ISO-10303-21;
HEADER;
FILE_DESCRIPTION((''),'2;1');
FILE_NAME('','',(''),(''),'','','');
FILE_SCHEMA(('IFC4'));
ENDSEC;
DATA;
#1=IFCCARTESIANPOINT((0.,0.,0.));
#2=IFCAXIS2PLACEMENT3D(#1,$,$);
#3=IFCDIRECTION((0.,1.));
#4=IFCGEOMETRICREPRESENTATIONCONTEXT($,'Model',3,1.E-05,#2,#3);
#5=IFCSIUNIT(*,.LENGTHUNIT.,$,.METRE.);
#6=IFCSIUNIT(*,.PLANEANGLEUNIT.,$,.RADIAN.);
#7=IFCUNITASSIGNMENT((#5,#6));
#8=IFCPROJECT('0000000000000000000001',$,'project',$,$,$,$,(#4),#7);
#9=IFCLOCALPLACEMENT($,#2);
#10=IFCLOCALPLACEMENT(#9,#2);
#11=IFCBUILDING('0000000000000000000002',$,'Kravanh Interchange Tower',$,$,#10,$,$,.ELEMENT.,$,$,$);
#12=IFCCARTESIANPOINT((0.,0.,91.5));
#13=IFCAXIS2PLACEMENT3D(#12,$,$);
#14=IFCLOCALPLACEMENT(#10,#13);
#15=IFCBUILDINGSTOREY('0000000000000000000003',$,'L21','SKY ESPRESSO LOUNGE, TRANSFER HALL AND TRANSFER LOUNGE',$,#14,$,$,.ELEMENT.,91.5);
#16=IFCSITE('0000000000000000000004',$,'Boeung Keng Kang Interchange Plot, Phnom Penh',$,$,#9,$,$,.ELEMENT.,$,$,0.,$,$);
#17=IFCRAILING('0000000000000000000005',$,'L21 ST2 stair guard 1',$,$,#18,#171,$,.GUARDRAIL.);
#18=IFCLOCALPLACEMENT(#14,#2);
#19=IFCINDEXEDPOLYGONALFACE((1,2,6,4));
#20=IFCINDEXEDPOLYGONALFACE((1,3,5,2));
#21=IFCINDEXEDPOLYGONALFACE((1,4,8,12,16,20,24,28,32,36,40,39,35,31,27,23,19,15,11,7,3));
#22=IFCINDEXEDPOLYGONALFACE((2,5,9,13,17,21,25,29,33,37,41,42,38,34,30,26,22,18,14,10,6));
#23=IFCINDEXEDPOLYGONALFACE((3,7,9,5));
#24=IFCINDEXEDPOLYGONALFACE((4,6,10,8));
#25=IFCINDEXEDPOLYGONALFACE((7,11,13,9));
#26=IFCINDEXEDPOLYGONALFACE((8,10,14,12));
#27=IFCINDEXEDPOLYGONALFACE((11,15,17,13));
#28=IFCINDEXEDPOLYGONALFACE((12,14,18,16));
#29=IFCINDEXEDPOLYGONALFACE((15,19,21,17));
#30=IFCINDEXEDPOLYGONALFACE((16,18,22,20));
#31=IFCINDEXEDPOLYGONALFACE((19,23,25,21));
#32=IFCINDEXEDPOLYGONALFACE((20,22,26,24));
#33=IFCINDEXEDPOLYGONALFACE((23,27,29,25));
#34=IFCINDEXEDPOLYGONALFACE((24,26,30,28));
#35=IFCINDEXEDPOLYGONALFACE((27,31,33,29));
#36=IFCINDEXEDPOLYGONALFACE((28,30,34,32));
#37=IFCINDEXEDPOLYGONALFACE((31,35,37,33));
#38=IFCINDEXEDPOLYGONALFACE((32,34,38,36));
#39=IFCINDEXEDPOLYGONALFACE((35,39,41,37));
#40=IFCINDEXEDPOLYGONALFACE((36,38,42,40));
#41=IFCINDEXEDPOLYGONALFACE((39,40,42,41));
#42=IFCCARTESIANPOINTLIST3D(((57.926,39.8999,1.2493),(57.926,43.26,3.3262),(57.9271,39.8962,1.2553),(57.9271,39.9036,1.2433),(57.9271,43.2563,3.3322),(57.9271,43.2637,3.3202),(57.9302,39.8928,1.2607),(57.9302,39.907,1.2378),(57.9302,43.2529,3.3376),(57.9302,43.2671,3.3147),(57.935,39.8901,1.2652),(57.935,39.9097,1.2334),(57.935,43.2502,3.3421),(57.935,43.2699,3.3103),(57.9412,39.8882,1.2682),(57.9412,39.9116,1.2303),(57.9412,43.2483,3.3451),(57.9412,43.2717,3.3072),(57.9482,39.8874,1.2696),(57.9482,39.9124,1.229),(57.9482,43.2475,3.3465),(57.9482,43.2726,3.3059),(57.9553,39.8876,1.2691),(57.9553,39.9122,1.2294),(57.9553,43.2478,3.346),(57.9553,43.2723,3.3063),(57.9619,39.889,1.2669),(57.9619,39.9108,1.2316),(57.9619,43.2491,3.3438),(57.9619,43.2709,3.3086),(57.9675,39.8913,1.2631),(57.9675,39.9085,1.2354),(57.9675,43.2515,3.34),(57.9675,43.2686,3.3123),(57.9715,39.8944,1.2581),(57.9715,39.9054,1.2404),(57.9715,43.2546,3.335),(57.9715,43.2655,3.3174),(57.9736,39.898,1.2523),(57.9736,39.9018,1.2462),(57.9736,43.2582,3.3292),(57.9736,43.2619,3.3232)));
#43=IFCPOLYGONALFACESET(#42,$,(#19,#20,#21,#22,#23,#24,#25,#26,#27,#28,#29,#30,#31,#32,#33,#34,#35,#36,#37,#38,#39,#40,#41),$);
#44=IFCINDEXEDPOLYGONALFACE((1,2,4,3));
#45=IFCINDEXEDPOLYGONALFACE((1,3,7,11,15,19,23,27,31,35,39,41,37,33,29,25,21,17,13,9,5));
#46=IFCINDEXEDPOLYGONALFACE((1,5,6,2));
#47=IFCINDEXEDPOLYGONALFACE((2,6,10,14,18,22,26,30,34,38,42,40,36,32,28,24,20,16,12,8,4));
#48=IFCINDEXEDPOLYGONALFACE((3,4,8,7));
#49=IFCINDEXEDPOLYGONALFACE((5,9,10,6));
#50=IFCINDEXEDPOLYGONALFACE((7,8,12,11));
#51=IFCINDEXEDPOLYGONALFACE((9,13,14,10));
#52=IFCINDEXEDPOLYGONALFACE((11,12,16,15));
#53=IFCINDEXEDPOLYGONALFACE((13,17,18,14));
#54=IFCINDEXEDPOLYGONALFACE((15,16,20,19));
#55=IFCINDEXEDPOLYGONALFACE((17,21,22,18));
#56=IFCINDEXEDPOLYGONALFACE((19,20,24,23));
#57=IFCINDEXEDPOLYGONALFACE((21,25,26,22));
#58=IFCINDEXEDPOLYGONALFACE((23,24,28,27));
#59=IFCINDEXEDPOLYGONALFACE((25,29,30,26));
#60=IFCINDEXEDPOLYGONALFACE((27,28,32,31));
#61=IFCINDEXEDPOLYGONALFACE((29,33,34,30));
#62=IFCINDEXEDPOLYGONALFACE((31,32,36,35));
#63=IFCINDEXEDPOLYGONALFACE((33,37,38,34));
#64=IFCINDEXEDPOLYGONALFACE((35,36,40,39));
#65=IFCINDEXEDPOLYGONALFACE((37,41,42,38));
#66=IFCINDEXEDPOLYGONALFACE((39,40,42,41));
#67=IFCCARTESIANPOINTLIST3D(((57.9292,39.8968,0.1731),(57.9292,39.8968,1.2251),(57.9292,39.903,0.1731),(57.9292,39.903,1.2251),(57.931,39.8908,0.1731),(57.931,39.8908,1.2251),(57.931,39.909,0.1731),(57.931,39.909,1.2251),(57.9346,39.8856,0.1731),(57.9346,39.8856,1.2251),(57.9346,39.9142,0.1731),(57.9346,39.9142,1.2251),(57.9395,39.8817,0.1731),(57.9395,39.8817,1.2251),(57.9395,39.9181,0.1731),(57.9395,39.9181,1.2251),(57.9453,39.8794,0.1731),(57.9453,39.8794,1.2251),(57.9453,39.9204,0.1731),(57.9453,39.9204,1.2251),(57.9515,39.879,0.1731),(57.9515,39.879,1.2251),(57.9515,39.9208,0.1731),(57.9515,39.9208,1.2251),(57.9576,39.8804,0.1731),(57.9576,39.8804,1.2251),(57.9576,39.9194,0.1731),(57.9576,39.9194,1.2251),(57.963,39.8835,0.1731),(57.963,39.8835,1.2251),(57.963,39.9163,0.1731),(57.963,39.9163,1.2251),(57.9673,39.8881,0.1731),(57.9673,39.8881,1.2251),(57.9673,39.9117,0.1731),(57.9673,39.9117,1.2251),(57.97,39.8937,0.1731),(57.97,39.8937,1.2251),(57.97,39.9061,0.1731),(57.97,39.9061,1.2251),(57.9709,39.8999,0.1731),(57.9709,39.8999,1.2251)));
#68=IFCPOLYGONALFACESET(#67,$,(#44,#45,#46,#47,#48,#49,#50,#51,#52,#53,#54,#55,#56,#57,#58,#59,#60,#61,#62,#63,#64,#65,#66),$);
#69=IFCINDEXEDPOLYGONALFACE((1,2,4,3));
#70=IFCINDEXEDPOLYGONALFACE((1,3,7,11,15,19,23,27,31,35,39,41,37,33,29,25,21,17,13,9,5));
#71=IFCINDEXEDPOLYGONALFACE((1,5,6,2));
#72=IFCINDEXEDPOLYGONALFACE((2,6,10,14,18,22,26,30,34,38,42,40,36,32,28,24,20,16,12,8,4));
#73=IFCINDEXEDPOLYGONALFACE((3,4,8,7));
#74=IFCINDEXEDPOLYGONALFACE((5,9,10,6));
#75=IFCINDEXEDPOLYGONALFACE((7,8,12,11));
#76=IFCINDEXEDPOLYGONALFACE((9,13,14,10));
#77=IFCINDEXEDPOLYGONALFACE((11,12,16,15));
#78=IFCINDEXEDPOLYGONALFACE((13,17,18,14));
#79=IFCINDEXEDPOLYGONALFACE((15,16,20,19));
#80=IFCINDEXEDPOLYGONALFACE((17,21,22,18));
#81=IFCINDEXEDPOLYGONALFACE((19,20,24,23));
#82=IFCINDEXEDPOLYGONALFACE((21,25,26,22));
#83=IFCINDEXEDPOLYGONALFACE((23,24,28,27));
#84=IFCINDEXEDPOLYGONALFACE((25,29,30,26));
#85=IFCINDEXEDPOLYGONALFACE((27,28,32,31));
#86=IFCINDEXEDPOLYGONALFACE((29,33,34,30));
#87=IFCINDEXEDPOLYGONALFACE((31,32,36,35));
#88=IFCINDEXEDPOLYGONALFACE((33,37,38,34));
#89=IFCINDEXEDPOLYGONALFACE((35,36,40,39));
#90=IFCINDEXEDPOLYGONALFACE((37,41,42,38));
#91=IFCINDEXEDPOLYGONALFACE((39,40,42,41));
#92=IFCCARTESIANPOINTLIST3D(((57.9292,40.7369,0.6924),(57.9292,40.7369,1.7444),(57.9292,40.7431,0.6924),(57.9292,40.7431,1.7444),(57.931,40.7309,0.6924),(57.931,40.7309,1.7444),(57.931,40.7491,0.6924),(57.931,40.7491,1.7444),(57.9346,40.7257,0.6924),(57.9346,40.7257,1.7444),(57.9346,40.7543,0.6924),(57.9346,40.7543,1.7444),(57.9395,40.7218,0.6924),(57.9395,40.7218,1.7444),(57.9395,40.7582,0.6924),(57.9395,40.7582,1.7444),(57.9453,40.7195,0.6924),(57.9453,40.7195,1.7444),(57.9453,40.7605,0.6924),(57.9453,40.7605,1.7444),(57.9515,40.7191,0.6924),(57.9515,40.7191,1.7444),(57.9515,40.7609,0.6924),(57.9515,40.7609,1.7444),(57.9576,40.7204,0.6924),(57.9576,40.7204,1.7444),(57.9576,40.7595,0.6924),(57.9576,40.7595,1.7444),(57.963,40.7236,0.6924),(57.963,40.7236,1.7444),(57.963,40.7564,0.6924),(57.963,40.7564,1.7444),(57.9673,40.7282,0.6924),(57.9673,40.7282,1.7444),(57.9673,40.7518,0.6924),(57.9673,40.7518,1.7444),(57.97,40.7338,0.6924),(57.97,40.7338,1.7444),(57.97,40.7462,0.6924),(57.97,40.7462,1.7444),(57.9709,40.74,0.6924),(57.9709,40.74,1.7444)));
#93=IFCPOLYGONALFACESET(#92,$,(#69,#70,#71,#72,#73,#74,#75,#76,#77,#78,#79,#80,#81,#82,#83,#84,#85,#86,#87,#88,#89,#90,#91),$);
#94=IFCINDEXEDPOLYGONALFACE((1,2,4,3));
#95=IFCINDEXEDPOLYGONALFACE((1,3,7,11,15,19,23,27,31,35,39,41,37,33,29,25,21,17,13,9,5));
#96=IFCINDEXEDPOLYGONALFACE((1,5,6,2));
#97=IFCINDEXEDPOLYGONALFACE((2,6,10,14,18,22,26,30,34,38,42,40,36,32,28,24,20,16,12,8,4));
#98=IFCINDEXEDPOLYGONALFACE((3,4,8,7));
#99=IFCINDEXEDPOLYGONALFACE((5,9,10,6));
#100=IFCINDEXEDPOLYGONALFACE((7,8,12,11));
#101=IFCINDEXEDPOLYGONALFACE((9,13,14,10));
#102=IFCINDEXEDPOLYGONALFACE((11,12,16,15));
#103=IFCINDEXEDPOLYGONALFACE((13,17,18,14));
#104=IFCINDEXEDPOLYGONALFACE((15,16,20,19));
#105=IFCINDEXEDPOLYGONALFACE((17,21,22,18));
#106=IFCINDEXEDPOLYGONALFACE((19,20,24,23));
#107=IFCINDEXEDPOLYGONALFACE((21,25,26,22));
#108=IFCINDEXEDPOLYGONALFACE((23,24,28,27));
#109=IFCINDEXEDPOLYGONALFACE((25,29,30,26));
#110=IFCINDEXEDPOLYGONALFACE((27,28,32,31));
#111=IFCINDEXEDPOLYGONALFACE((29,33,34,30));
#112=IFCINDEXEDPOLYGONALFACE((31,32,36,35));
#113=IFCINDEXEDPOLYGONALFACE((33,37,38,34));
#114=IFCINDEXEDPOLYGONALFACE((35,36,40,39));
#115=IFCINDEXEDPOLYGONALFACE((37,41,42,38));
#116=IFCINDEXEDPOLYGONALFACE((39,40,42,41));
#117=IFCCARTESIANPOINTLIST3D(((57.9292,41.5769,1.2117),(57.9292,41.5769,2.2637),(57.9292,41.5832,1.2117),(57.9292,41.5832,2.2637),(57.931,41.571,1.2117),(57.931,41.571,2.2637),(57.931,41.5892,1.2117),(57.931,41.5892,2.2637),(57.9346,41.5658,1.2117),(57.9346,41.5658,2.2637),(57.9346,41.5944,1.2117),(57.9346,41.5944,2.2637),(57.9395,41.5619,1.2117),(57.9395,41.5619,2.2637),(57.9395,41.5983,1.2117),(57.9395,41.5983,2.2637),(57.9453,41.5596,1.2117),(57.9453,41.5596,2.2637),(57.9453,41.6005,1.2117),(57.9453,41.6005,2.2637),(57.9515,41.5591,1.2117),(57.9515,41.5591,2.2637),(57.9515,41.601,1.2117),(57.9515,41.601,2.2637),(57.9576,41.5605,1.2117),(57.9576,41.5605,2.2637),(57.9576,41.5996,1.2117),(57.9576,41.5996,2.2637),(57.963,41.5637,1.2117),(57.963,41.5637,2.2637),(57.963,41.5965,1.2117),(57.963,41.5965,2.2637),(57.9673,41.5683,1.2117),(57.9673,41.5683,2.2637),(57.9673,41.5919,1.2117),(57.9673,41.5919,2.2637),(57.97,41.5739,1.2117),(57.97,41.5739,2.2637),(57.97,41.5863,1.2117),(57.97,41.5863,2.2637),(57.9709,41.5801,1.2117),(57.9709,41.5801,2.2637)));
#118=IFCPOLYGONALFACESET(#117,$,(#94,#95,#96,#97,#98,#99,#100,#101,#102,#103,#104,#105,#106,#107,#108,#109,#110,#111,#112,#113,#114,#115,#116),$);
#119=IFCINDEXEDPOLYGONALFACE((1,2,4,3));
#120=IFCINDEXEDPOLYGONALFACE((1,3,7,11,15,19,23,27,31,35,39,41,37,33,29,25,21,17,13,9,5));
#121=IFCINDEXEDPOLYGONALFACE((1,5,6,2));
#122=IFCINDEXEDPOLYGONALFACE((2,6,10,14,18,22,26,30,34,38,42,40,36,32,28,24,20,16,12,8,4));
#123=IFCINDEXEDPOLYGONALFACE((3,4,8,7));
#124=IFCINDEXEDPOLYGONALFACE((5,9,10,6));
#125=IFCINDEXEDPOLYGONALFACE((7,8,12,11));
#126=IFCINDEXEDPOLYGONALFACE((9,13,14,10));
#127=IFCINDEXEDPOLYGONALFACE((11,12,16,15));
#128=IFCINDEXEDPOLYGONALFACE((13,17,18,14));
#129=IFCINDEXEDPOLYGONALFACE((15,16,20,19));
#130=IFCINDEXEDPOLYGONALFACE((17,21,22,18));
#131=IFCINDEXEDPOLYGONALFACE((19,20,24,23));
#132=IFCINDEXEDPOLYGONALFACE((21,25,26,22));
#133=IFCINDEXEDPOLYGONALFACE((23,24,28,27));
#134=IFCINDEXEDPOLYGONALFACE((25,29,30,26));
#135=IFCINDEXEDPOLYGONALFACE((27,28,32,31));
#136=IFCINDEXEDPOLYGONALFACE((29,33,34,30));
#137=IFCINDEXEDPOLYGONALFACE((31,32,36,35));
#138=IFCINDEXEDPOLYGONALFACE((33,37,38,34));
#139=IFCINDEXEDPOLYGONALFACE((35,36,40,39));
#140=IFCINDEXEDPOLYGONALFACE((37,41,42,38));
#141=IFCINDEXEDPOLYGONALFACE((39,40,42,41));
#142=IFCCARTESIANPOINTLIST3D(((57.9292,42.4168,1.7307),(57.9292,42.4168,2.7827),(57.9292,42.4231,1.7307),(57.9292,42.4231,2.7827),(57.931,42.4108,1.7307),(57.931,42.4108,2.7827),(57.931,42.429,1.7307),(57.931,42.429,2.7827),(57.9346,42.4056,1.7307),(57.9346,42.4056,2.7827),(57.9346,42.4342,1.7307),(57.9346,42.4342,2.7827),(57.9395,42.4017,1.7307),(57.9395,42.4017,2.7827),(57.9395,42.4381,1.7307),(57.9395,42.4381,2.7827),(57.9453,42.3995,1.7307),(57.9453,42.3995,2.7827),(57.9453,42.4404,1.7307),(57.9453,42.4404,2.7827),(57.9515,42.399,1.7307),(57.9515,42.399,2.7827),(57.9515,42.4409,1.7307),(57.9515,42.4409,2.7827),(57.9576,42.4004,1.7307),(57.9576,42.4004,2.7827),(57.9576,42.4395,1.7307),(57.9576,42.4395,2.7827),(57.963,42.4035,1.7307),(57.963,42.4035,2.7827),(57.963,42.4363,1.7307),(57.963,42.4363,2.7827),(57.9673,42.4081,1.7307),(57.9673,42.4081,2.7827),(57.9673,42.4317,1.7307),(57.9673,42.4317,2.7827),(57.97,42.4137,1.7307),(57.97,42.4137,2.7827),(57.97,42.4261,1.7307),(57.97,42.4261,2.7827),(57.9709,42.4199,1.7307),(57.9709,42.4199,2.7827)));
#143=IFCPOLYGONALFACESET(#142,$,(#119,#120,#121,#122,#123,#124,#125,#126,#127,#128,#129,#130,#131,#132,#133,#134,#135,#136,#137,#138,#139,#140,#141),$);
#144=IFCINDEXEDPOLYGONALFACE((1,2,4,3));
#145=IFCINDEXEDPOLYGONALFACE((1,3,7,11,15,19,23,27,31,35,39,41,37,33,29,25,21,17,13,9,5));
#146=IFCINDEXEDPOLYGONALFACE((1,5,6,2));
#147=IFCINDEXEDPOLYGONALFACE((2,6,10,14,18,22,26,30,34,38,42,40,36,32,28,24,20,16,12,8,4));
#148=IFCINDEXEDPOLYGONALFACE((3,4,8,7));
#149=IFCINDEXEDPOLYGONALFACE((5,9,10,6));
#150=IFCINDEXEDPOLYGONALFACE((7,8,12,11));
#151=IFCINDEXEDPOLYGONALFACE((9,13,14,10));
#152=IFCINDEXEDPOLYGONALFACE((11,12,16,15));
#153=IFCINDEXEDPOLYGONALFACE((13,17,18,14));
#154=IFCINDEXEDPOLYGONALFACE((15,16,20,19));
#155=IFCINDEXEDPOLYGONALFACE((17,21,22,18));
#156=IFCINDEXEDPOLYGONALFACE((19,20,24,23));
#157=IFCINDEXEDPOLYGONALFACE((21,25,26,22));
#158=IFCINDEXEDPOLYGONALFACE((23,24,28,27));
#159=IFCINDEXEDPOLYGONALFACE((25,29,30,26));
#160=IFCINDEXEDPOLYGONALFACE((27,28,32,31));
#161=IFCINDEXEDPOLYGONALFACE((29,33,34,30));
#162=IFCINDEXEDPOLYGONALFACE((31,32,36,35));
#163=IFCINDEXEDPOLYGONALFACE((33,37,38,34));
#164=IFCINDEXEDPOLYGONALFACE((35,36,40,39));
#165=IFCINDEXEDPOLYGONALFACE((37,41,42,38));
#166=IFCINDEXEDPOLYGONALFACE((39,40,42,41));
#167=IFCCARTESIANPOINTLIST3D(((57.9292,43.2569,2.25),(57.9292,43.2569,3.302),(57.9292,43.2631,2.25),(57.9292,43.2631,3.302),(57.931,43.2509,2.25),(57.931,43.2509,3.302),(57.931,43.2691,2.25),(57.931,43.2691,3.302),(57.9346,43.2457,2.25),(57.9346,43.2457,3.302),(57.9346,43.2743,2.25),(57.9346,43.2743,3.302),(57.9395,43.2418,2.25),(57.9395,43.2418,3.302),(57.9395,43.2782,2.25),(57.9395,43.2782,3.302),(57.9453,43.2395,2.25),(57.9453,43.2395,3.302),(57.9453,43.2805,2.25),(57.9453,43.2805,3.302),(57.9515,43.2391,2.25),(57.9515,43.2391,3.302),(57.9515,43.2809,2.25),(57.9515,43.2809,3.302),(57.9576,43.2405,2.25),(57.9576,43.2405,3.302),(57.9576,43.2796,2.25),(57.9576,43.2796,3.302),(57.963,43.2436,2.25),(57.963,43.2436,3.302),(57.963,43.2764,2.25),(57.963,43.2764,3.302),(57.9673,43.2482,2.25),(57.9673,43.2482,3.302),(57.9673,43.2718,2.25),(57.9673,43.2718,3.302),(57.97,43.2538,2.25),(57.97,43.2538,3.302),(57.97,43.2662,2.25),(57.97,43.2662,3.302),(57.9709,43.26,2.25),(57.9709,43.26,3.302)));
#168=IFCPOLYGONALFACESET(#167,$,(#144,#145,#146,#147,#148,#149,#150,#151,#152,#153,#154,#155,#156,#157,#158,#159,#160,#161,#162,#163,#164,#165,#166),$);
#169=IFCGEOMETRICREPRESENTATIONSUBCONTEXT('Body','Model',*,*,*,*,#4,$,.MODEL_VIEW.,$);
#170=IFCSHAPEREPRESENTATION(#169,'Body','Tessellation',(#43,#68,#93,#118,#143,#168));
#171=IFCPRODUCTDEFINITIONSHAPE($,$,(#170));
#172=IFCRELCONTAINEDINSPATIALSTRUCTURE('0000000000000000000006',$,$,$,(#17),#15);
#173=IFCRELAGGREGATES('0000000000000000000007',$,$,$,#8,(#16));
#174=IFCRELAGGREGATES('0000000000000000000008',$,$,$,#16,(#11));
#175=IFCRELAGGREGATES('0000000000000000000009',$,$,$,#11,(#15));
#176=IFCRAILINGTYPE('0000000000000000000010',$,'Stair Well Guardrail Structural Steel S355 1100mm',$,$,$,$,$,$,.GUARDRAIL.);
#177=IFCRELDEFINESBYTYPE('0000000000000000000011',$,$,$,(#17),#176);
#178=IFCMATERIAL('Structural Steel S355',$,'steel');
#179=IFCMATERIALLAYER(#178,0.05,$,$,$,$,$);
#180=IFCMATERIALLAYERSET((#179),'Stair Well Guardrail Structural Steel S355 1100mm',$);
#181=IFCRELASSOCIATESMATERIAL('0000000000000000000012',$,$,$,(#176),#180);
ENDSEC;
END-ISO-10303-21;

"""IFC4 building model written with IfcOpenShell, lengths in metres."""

from ifc_helpers import new_model, si_unit, direction, frame, origin, origin_2d, place, context, subcontext, project, spatial, circle, extrude, material, layer, layer_set, type_object, element, save


model = new_model("IFC4")

# Units and contexts
model_context = context("Model", 3, precision=1e-05, world=origin(), true_north=direction((0.0, 1.0)))
body_context = subcontext(model_context, "Body", "Model", "MODEL_VIEW")
ifc_project = project(units=[si_unit("LENGTHUNIT", "METRE"), si_unit("PLANEANGLEUNIT", "RADIAN")], contexts=[model_context])

# Site, building, storey
site_placement = place(None, origin())
site = spatial("IfcSite", under=ifc_project, at=site_placement, Name="Boeung Keng Kang Interchange Plot, Phnom Penh", CompositionType="ELEMENT", RefElevation=0.0)
building_placement = place(site_placement, origin())
building = spatial("IfcBuilding", under=site, at=building_placement, Name="Kravanh Interchange Tower", CompositionType="ELEMENT")
storey_placement = place(building_placement, frame((0.0, 0.0, 91.5)))
storey = spatial("IfcBuildingStorey", under=building, at=storey_placement, Name="L21", Description="SKY ESPRESSO LOUNGE, TRANSFER HALL AND TRANSFER LOUNGE", CompositionType="ELEMENT", Elevation=91.5)

# Railing
ifc_material_1 = material(Name="Structural Steel S355", Category="steel")
ifc_layer_1 = layer(ifc_material_1, 0.05)
ifc_layer_set_1 = layer_set([ifc_layer_1], Name="Stair Well Guardrail Structural Steel S355 1100mm")
railing_type_1 = type_object("IfcRailingType", Name="Stair Well Guardrail Structural Steel S355 1100mm", PredefinedType="GUARDRAIL", material=ifc_layer_set_1)
railing_1_placement = place(storey_placement, frame((57.95, 39.8999, 0.1731)))
element("IfcRailing", 1, at=railing_1_placement, inside=storey, type_object=railing_type_1, Name="L21 ST2 stair guard 1", PredefinedType="GUARDRAIL", context=body_context, shape_type="SweptSolid", body=[
    extrude(circle(Radius=0.0239, at=origin_2d()), frame((0.0, 0.0, 1.0762), z_axis=(0.0, 0.850623, 0.525776), x_axis=(-1.0, 0.0, 0.0)), (0.0, 0.0, 1.0), 3.9502),
    extrude(circle(Radius=0.021, at=origin_2d()), origin(), (0.0, 0.0, 1.0), 1.052),
    extrude(circle(Radius=0.021, at=origin_2d()), frame((0.0, 0.8401, 0.5193)), (0.0, 0.0, 1.0), 1.052),
    extrude(circle(Radius=0.021, at=origin_2d()), frame((0.0, 1.6802, 1.0386)), (0.0, 0.0, 1.0), 1.052),
    extrude(circle(Radius=0.021, at=origin_2d()), frame((0.0, 2.52, 1.5576)), (0.0, 0.0, 1.0), 1.052),
    extrude(circle(Radius=0.021, at=origin_2d()), frame((0.0, 3.3601, 2.0769)), (0.0, 0.0, 1.0), 1.052),
])

save(model, "model.ifc")
